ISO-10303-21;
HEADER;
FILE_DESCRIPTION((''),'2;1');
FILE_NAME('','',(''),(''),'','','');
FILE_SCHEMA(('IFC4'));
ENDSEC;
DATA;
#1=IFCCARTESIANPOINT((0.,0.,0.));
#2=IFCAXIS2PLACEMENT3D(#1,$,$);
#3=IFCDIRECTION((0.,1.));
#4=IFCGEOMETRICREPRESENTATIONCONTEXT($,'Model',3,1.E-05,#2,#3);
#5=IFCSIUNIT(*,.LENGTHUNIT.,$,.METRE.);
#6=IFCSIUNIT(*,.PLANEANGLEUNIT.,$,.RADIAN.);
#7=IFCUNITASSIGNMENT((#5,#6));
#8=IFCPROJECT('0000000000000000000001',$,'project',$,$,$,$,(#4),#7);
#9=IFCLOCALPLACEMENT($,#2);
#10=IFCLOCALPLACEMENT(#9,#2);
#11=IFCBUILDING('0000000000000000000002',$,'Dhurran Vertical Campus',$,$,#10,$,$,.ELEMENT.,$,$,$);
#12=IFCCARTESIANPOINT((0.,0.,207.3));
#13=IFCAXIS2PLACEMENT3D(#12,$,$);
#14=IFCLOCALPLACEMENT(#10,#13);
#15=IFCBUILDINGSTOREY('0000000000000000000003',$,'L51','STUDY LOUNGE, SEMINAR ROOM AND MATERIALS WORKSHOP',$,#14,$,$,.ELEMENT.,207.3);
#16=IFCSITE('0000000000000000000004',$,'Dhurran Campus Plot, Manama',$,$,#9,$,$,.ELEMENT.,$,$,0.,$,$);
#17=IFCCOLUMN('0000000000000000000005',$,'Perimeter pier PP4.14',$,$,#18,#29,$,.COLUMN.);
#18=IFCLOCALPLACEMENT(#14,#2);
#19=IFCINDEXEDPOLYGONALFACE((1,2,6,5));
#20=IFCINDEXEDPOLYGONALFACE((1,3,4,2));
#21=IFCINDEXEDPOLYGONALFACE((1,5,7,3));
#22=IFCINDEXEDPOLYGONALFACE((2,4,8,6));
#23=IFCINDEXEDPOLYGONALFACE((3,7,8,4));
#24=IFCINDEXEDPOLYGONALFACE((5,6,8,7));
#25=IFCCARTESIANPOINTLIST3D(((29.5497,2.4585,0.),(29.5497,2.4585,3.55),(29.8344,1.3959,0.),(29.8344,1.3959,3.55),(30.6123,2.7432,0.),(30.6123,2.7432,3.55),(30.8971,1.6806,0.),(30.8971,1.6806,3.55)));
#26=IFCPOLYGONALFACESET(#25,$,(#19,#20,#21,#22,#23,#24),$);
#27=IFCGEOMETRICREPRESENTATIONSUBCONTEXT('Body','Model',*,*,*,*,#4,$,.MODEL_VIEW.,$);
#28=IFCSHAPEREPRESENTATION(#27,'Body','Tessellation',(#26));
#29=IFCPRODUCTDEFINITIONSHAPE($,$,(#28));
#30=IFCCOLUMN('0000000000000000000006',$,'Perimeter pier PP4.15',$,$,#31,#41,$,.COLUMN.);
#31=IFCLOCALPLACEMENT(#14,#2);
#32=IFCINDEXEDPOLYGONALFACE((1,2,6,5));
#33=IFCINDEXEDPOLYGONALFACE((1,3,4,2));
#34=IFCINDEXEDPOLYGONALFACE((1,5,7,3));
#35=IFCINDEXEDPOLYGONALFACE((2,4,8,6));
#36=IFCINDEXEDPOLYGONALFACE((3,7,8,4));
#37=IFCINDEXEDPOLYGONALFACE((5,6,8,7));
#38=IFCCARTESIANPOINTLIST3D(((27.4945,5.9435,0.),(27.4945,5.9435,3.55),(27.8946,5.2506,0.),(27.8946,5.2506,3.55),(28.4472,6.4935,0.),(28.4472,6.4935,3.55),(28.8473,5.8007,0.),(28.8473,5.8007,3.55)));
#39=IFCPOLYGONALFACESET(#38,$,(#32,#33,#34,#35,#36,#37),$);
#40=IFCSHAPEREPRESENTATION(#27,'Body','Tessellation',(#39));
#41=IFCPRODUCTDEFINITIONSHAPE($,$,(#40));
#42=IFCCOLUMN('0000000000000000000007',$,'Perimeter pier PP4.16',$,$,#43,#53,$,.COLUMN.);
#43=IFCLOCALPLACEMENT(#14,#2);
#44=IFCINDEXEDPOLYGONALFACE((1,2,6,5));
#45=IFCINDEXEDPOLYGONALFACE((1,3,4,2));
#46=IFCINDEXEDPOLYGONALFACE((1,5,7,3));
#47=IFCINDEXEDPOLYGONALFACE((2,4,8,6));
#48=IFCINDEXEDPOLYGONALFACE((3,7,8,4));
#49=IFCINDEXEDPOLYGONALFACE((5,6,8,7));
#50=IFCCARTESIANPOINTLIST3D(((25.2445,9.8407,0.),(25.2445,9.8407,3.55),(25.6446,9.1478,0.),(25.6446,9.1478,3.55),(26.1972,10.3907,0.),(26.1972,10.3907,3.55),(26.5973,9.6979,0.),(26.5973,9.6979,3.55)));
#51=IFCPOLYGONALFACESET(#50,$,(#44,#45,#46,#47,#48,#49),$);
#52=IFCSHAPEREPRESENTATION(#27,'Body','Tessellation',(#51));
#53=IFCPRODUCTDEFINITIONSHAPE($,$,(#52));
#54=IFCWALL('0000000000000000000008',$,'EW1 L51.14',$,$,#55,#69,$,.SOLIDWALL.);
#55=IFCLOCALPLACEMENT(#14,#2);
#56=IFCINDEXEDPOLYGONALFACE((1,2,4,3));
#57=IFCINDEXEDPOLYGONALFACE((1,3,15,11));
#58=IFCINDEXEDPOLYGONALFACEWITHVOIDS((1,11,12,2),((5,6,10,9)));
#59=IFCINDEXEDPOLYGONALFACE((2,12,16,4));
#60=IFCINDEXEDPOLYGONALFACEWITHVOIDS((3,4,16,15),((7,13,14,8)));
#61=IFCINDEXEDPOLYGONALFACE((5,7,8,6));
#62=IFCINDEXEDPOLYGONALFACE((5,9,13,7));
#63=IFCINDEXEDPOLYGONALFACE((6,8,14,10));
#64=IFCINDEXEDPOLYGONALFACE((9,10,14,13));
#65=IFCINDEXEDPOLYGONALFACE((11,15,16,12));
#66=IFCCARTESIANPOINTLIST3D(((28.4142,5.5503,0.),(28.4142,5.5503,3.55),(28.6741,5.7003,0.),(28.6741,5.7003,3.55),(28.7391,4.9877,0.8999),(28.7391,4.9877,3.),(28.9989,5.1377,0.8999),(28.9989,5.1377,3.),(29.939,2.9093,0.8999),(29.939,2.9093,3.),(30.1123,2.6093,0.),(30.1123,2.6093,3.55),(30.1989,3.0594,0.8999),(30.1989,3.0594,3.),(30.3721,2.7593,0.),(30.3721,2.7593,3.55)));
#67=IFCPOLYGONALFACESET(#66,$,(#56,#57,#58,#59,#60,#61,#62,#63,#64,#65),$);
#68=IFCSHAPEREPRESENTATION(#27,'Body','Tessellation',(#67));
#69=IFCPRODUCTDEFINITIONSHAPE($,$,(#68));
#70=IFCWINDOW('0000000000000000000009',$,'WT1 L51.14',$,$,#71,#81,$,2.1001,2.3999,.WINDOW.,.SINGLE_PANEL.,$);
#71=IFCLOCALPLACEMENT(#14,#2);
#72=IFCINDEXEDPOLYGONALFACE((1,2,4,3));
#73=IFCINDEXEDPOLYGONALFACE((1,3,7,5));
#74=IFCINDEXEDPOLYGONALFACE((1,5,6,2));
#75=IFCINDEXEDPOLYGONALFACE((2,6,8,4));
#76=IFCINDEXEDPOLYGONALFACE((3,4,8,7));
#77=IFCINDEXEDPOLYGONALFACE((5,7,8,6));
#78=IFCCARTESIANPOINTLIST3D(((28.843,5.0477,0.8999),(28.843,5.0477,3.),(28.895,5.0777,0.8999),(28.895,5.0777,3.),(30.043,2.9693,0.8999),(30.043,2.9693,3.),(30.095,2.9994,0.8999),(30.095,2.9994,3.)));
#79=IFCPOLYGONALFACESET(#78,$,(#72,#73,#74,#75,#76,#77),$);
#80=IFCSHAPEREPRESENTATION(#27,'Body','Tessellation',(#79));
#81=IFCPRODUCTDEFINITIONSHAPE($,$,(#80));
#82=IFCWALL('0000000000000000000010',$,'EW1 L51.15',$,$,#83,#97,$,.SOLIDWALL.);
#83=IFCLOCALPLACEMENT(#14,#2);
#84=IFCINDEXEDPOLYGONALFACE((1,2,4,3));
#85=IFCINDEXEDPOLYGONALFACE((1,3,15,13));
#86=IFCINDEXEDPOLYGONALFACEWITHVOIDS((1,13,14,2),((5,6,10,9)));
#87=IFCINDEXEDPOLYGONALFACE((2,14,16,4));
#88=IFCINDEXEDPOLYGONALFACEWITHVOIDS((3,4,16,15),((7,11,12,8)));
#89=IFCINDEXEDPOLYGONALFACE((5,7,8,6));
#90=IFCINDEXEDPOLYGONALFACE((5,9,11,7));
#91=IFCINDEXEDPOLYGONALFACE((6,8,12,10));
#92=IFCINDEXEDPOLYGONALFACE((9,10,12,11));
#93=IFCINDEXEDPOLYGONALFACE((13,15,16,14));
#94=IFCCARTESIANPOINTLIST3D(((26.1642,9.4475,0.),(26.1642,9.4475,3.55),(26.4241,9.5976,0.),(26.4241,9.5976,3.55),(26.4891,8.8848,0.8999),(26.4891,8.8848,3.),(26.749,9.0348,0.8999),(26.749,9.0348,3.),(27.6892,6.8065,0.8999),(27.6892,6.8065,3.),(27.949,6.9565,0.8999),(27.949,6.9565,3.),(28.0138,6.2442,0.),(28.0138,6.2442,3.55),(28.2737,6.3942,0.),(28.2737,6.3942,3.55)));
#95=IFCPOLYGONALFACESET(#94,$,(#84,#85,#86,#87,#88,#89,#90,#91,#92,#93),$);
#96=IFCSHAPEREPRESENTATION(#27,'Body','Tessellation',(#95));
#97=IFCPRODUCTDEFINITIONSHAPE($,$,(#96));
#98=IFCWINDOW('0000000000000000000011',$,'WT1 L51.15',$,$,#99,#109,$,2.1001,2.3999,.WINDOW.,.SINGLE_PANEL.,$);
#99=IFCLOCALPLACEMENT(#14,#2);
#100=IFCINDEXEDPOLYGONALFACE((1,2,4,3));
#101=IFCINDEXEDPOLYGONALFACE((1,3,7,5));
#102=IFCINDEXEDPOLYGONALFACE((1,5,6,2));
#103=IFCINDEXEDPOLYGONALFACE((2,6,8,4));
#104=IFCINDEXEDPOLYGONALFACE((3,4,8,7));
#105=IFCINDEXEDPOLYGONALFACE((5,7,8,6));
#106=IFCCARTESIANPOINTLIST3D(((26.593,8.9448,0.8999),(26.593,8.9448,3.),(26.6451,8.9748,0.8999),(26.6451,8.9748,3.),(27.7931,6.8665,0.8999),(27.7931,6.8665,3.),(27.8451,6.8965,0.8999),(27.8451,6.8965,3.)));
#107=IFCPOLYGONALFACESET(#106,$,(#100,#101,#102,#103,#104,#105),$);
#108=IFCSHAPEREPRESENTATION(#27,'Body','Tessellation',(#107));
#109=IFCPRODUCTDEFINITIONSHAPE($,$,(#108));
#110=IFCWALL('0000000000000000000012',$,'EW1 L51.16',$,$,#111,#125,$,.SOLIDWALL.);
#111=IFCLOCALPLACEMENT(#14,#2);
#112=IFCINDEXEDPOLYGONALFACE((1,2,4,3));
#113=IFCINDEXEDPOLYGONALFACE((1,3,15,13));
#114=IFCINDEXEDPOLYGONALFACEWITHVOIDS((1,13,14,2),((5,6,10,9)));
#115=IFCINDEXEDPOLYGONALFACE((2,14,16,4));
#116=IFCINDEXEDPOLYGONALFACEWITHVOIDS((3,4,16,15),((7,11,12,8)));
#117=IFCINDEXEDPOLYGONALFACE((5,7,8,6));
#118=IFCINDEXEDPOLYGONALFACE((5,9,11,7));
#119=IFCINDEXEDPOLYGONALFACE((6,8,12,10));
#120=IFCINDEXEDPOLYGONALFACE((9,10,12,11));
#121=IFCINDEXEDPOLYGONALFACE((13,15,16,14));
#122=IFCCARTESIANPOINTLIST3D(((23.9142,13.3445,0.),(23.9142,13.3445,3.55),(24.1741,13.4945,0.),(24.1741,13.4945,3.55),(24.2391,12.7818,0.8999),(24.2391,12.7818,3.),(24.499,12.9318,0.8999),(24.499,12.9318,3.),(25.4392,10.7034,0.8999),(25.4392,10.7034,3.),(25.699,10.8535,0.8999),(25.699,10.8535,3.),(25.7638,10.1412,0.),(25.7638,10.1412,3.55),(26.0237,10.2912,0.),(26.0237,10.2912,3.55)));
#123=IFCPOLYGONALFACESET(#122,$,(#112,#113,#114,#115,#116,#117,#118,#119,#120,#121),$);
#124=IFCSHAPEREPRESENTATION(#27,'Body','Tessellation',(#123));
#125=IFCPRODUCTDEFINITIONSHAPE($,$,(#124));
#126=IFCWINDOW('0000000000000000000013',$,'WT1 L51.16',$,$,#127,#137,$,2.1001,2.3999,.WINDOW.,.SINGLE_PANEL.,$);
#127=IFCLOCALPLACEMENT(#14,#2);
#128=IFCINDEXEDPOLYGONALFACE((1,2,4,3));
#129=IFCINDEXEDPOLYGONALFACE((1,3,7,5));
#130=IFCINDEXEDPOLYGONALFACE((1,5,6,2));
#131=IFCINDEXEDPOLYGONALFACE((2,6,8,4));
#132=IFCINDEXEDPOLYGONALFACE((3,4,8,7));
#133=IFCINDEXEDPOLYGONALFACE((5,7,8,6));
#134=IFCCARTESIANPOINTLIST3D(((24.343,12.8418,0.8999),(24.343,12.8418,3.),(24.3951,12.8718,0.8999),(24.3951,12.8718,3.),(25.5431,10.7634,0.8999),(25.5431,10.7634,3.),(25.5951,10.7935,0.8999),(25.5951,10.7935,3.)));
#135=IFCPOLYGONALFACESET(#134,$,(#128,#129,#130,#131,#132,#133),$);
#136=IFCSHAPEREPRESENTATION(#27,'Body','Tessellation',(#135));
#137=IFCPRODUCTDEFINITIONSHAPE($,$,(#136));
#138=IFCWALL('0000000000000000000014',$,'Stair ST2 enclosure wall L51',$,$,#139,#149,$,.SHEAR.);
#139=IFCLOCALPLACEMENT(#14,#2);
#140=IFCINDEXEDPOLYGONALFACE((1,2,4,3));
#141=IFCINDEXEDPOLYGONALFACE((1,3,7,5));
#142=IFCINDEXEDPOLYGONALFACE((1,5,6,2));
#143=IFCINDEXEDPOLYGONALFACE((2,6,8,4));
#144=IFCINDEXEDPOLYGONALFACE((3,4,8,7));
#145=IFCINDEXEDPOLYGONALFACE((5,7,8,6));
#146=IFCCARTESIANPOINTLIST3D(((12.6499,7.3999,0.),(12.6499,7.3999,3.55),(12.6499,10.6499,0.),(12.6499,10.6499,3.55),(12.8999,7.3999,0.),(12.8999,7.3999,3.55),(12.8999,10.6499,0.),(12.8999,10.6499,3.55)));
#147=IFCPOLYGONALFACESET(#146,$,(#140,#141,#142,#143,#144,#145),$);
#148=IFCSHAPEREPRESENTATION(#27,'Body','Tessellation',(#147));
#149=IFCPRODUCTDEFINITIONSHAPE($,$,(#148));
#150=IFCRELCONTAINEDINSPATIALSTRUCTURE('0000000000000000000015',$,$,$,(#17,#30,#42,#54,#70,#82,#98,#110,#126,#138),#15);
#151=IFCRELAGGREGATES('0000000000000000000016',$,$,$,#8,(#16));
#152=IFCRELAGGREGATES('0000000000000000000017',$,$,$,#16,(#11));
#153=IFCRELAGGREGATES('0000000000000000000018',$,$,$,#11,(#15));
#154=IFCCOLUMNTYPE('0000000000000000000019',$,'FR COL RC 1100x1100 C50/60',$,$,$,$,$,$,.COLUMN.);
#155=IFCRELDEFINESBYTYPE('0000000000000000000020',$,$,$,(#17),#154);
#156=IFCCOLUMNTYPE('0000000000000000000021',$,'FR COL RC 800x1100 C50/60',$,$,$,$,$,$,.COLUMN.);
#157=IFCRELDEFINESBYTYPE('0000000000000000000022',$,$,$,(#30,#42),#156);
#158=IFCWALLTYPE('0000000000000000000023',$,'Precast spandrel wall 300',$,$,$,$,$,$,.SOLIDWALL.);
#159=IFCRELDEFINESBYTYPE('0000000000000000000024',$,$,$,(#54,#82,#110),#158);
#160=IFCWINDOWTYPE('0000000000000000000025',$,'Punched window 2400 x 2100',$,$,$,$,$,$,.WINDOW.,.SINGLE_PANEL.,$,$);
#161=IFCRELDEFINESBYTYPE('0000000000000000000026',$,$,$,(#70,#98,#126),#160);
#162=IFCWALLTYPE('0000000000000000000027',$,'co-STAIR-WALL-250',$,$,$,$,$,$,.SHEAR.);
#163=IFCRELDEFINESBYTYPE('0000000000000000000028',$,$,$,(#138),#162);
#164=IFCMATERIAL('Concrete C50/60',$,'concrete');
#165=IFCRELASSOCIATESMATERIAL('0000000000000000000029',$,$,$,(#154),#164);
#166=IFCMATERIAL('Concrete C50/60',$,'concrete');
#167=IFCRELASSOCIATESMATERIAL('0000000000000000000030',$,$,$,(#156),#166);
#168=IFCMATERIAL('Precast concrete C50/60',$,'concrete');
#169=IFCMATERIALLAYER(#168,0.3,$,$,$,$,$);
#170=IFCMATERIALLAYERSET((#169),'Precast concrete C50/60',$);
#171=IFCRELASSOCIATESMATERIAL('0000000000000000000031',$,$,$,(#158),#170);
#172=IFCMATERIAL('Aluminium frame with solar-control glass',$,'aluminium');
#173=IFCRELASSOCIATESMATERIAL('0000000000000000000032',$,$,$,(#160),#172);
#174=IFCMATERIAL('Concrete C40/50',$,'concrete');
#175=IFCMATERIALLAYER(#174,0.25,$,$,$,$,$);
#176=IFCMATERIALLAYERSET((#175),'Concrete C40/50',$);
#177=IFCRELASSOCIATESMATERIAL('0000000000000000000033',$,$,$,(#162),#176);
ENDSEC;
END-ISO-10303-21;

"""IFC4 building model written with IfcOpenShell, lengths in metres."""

from ifc_helpers import new_model, si_unit, direction, frame, frame_2d, origin, origin_2d, place, context, subcontext, project, spatial, rectangle, extrude, material, layer, layer_set, material_profile, profile_set, type_object, element, fill, save


model = new_model("IFC4")

# Units and contexts
model_context = context("Model", 3, precision=1e-05, world=origin(), true_north=direction((0.0, 1.0)))
body_context = subcontext(model_context, "Body", "Model", "MODEL_VIEW")
ifc_project = project(units=[si_unit("LENGTHUNIT", "METRE"), si_unit("PLANEANGLEUNIT", "RADIAN")], contexts=[model_context])

# Site, building, storey
site_placement = place(None, origin())
site = spatial("IfcSite", under=ifc_project, at=site_placement, Name="Dhurran Campus Plot, Manama", CompositionType="ELEMENT", RefElevation=0.0)
building_placement = place(site_placement, origin())
building = spatial("IfcBuilding", under=site, at=building_placement, Name="Dhurran Vertical Campus", CompositionType="ELEMENT")
storey_placement = place(building_placement, frame((0.0, 0.0, 207.3)))
storey = spatial("IfcBuildingStorey", under=building, at=storey_placement, Name="L51", Description="STUDY LOUNGE, SEMINAR ROOM AND MATERIALS WORKSHOP", CompositionType="ELEMENT", Elevation=207.3)

# Columns
ifc_material_1 = material(Name="Concrete C50/60", Category="concrete")
ifc_material_profile_1 = material_profile(ifc_material_1, rectangle(XDim=1.1001, YDim=1.1001, at=origin_2d()), Name="RC 1100x1100")
ifc_profile_set_1 = profile_set([ifc_material_profile_1], Name="Concrete C50/60")
column_type_1 = type_object("IfcColumnType", Name="FR COL RC 1100x1100 C50/60", PredefinedType="COLUMN", material=ifc_profile_set_1)
column_placement = place(storey_placement, frame((30.2234, 2.0696, 0.0), z_axis=(0.0, 0.0, 1.0), x_axis=(-0.258819, 0.965926, 0.0)))
element("IfcColumn", 1, at=column_placement, inside=storey, type_object=column_type_1, Name="Perimeter pier PP4.14", PredefinedType="COLUMN", context=body_context, shape_type="SweptSolid", body=[
    extrude(rectangle(XDim=1.1001, YDim=1.1001, at=origin_2d()), origin(), (0.0, 0.0, 1.0), 3.55),
])
ifc_material_2 = material(Name="Concrete C50/60", Category="concrete")
ifc_material_profile_2 = material_profile(ifc_material_2, rectangle(XDim=0.8, YDim=1.1001, at=origin_2d()), Name="RC 800x1100")
ifc_profile_set_2 = profile_set([ifc_material_profile_2], Name="Concrete C50/60")
column_type_2 = type_object("IfcColumnType", Name="FR COL RC 800x1100 C50/60", PredefinedType="COLUMN", material=ifc_profile_set_2)
for number, where, z_axis, x_axis, name in (
    (2, (28.1709, 5.8721, 0.0), (0.0, 0.0, 1.0), (-0.5, 0.866025, 0.0), "Perimeter pier PP4.15"),
    (3, (25.9209, 9.7693, 0.0), (0.0, 0.0, 1.0), (-0.5, 0.866025, 0.0), "Perimeter pier PP4.16"),
):
    element("IfcColumn", number, at=place(storey_placement, frame(where, z_axis=z_axis, x_axis=x_axis)), inside=storey, type_object=column_type_2, Name=name, PredefinedType="COLUMN", context=body_context, shape_type="SweptSolid", body=[
        extrude(rectangle(XDim=0.8, YDim=1.1001, at=origin_2d()), origin(), (0.0, 0.0, 1.0), 3.55),
    ])

# Walls, openings, windows
ifc_material_3 = material(Name="Precast concrete C50/60", Category="concrete")
ifc_layer_1 = layer(ifc_material_3, 0.3)
ifc_layer_set_1 = layer_set([ifc_layer_1], Name="Precast concrete C50/60")
wall_type_1 = type_object("IfcWallType", Name="Precast spandrel wall 300", PredefinedType="SOLIDWALL", material=ifc_layer_set_1)
wall_1_placement = place(storey_placement, frame((30.2422, 2.6843, 0.0), z_axis=(0.0, 0.0, 1.0), x_axis=(-0.500013, 0.866018, 0.0)))
wall_1 = element("IfcWall", 4, at=wall_1_placement, inside=storey, type_object=wall_type_1, Name="EW1 L51.14", PredefinedType="SOLIDWALL", context=body_context, shape_type="SweptSolid", body=[
    extrude(rectangle(XDim=3.396, YDim=0.3, at=frame_2d((1.698, 0.0))), origin(), (0.0, 0.0, 1.0), 3.55),
])
opening_1_placement = place(wall_1_placement, frame((0.3464, 0.0, 0.8999)))
opening_1 = element("IfcOpeningElement", 5, at=opening_1_placement, cuts=wall_1, PredefinedType="OPENING", context=body_context, shape_type="SweptSolid", body=[
    extrude(rectangle(XDim=2.3999, YDim=2.1001, at=frame_2d((1.2, 1.05))), frame((0.0, 0.1599, 0.0), z_axis=(0.0, -1.0, 0.0), x_axis=(1.0, 0.0, 0.0)), (0.0, 0.0, 1.0), 0.3201),
])
ifc_material_4 = material(Name="Aluminium frame with solar-control glass", Category="aluminium")
window_type = type_object("IfcWindowType", Name="Punched window 2400 x 2100", PartitioningType="SINGLE_PANEL", PredefinedType="WINDOW", material=ifc_material_4)
window_1_placement = place(opening_1_placement, origin())
window_1 = element("IfcWindow", 6, at=window_1_placement, inside=storey, type_object=window_type, Name="WT1 L51.14", OverallHeight=2.1001, OverallWidth=2.3999, PartitioningType="SINGLE_PANEL", PredefinedType="WINDOW", context=body_context, shape_type="SweptSolid", body=[
    extrude(rectangle(XDim=2.3999, YDim=2.1001, at=frame_2d((1.2, 1.05))), frame((0.0, 0.03, 0.0), z_axis=(0.0, -1.0, 0.0), x_axis=(1.0, 0.0, 0.0)), (0.0, 0.0, 1.0), 0.0601),
])
fill(opening_1, window_1)
wall_2_placement = place(storey_placement, frame((28.1438, 6.3191, 0.0), z_axis=(0.0, 0.0, 1.0), x_axis=(-0.500029, 0.866009, 0.0)))
wall_2 = element("IfcWall", 7, at=wall_2_placement, inside=storey, type_object=wall_type_1, Name="EW1 L51.15", PredefinedType="SOLIDWALL", context=body_context, shape_type="SweptSolid", body=[
    extrude(rectangle(XDim=3.699, YDim=0.3, at=frame_2d((1.8496, 0.0))), origin(), (0.0, 0.0, 1.0), 3.55),
])
opening_2_placement = place(wall_2_placement, frame((0.6494, 0.0, 0.8999)))
opening_2 = element("IfcOpeningElement", 8, at=opening_2_placement, cuts=wall_2, PredefinedType="OPENING", context=body_context, shape_type="SweptSolid", body=[
    extrude(rectangle(XDim=2.3999, YDim=2.1001, at=frame_2d((1.2, 1.05))), frame((0.0, 0.1599, 0.0), z_axis=(0.0, -1.0, 0.0), x_axis=(1.0, 0.0, 0.0)), (0.0, 0.0, 1.0), 0.3201),
])
window_2_placement = place(opening_2_placement, origin())
window_2 = element("IfcWindow", 9, at=window_2_placement, inside=storey, type_object=window_type, Name="WT1 L51.15", OverallHeight=2.1001, OverallWidth=2.3999, PartitioningType="SINGLE_PANEL", PredefinedType="WINDOW", context=body_context, shape_type="SweptSolid", body=[
    extrude(rectangle(XDim=2.3999, YDim=2.1001, at=frame_2d((1.2, 1.05))), frame((0.0, 0.03, 0.0), z_axis=(0.0, -1.0, 0.0), x_axis=(1.0, 0.0, 0.0)), (0.0, 0.0, 1.0), 0.0601),
])
fill(opening_2, window_2)
wall_3_placement = place(storey_placement, frame((25.8938, 10.2161, 0.0), z_axis=(0.0, 0.0, 1.0), x_axis=(-0.500029, 0.866009, 0.0)))
wall_3 = element("IfcWall", 10, at=wall_3_placement, inside=storey, type_object=wall_type_1, Name="EW1 L51.16", PredefinedType="SOLIDWALL", context=body_context, shape_type="SweptSolid", body=[
    extrude(rectangle(XDim=3.699, YDim=0.3, at=frame_2d((1.8496, 0.0))), origin(), (0.0, 0.0, 1.0), 3.55),
])
opening_3_placement = place(wall_3_placement, frame((0.6494, 0.0, 0.8999)))
opening_3 = element("IfcOpeningElement", 11, at=opening_3_placement, cuts=wall_3, PredefinedType="OPENING", context=body_context, shape_type="SweptSolid", body=[
    extrude(rectangle(XDim=2.3999, YDim=2.1001, at=frame_2d((1.2, 1.05))), frame((0.0, 0.1599, 0.0), z_axis=(0.0, -1.0, 0.0), x_axis=(1.0, 0.0, 0.0)), (0.0, 0.0, 1.0), 0.3201),
])
window_3_placement = place(opening_3_placement, origin())
window_3 = element("IfcWindow", 12, at=window_3_placement, inside=storey, type_object=window_type, Name="WT1 L51.16", OverallHeight=2.1001, OverallWidth=2.3999, PartitioningType="SINGLE_PANEL", PredefinedType="WINDOW", context=body_context, shape_type="SweptSolid", body=[
    extrude(rectangle(XDim=2.3999, YDim=2.1001, at=frame_2d((1.2, 1.05))), frame((0.0, 0.03, 0.0), z_axis=(0.0, -1.0, 0.0), x_axis=(1.0, 0.0, 0.0)), (0.0, 0.0, 1.0), 0.0601),
])
fill(opening_3, window_3)

# Wall
ifc_material_5 = material(Name="Concrete C40/50", Category="concrete")
ifc_layer_2 = layer(ifc_material_5, 0.25)
ifc_layer_set_2 = layer_set([ifc_layer_2], Name="Concrete C40/50")
wall_type_2 = type_object("IfcWallType", Name="co-STAIR-WALL-250", PredefinedType="SHEAR", material=ifc_layer_set_2)
wall_4_placement = place(storey_placement, frame((12.7749, 7.3999, 0.0), z_axis=(0.0, 0.0, 1.0), x_axis=(0.0, 1.0, 0.0)))
element("IfcWall", 13, at=wall_4_placement, inside=storey, type_object=wall_type_2, Name="Stair ST2 enclosure wall L51", PredefinedType="SHEAR", context=body_context, shape_type="SweptSolid", body=[
    extrude(rectangle(XDim=3.25, YDim=0.25, at=frame_2d((1.625, 0.0))), origin(), (0.0, 0.0, 1.0), 3.55),
])

save(model, "model.ifc")
